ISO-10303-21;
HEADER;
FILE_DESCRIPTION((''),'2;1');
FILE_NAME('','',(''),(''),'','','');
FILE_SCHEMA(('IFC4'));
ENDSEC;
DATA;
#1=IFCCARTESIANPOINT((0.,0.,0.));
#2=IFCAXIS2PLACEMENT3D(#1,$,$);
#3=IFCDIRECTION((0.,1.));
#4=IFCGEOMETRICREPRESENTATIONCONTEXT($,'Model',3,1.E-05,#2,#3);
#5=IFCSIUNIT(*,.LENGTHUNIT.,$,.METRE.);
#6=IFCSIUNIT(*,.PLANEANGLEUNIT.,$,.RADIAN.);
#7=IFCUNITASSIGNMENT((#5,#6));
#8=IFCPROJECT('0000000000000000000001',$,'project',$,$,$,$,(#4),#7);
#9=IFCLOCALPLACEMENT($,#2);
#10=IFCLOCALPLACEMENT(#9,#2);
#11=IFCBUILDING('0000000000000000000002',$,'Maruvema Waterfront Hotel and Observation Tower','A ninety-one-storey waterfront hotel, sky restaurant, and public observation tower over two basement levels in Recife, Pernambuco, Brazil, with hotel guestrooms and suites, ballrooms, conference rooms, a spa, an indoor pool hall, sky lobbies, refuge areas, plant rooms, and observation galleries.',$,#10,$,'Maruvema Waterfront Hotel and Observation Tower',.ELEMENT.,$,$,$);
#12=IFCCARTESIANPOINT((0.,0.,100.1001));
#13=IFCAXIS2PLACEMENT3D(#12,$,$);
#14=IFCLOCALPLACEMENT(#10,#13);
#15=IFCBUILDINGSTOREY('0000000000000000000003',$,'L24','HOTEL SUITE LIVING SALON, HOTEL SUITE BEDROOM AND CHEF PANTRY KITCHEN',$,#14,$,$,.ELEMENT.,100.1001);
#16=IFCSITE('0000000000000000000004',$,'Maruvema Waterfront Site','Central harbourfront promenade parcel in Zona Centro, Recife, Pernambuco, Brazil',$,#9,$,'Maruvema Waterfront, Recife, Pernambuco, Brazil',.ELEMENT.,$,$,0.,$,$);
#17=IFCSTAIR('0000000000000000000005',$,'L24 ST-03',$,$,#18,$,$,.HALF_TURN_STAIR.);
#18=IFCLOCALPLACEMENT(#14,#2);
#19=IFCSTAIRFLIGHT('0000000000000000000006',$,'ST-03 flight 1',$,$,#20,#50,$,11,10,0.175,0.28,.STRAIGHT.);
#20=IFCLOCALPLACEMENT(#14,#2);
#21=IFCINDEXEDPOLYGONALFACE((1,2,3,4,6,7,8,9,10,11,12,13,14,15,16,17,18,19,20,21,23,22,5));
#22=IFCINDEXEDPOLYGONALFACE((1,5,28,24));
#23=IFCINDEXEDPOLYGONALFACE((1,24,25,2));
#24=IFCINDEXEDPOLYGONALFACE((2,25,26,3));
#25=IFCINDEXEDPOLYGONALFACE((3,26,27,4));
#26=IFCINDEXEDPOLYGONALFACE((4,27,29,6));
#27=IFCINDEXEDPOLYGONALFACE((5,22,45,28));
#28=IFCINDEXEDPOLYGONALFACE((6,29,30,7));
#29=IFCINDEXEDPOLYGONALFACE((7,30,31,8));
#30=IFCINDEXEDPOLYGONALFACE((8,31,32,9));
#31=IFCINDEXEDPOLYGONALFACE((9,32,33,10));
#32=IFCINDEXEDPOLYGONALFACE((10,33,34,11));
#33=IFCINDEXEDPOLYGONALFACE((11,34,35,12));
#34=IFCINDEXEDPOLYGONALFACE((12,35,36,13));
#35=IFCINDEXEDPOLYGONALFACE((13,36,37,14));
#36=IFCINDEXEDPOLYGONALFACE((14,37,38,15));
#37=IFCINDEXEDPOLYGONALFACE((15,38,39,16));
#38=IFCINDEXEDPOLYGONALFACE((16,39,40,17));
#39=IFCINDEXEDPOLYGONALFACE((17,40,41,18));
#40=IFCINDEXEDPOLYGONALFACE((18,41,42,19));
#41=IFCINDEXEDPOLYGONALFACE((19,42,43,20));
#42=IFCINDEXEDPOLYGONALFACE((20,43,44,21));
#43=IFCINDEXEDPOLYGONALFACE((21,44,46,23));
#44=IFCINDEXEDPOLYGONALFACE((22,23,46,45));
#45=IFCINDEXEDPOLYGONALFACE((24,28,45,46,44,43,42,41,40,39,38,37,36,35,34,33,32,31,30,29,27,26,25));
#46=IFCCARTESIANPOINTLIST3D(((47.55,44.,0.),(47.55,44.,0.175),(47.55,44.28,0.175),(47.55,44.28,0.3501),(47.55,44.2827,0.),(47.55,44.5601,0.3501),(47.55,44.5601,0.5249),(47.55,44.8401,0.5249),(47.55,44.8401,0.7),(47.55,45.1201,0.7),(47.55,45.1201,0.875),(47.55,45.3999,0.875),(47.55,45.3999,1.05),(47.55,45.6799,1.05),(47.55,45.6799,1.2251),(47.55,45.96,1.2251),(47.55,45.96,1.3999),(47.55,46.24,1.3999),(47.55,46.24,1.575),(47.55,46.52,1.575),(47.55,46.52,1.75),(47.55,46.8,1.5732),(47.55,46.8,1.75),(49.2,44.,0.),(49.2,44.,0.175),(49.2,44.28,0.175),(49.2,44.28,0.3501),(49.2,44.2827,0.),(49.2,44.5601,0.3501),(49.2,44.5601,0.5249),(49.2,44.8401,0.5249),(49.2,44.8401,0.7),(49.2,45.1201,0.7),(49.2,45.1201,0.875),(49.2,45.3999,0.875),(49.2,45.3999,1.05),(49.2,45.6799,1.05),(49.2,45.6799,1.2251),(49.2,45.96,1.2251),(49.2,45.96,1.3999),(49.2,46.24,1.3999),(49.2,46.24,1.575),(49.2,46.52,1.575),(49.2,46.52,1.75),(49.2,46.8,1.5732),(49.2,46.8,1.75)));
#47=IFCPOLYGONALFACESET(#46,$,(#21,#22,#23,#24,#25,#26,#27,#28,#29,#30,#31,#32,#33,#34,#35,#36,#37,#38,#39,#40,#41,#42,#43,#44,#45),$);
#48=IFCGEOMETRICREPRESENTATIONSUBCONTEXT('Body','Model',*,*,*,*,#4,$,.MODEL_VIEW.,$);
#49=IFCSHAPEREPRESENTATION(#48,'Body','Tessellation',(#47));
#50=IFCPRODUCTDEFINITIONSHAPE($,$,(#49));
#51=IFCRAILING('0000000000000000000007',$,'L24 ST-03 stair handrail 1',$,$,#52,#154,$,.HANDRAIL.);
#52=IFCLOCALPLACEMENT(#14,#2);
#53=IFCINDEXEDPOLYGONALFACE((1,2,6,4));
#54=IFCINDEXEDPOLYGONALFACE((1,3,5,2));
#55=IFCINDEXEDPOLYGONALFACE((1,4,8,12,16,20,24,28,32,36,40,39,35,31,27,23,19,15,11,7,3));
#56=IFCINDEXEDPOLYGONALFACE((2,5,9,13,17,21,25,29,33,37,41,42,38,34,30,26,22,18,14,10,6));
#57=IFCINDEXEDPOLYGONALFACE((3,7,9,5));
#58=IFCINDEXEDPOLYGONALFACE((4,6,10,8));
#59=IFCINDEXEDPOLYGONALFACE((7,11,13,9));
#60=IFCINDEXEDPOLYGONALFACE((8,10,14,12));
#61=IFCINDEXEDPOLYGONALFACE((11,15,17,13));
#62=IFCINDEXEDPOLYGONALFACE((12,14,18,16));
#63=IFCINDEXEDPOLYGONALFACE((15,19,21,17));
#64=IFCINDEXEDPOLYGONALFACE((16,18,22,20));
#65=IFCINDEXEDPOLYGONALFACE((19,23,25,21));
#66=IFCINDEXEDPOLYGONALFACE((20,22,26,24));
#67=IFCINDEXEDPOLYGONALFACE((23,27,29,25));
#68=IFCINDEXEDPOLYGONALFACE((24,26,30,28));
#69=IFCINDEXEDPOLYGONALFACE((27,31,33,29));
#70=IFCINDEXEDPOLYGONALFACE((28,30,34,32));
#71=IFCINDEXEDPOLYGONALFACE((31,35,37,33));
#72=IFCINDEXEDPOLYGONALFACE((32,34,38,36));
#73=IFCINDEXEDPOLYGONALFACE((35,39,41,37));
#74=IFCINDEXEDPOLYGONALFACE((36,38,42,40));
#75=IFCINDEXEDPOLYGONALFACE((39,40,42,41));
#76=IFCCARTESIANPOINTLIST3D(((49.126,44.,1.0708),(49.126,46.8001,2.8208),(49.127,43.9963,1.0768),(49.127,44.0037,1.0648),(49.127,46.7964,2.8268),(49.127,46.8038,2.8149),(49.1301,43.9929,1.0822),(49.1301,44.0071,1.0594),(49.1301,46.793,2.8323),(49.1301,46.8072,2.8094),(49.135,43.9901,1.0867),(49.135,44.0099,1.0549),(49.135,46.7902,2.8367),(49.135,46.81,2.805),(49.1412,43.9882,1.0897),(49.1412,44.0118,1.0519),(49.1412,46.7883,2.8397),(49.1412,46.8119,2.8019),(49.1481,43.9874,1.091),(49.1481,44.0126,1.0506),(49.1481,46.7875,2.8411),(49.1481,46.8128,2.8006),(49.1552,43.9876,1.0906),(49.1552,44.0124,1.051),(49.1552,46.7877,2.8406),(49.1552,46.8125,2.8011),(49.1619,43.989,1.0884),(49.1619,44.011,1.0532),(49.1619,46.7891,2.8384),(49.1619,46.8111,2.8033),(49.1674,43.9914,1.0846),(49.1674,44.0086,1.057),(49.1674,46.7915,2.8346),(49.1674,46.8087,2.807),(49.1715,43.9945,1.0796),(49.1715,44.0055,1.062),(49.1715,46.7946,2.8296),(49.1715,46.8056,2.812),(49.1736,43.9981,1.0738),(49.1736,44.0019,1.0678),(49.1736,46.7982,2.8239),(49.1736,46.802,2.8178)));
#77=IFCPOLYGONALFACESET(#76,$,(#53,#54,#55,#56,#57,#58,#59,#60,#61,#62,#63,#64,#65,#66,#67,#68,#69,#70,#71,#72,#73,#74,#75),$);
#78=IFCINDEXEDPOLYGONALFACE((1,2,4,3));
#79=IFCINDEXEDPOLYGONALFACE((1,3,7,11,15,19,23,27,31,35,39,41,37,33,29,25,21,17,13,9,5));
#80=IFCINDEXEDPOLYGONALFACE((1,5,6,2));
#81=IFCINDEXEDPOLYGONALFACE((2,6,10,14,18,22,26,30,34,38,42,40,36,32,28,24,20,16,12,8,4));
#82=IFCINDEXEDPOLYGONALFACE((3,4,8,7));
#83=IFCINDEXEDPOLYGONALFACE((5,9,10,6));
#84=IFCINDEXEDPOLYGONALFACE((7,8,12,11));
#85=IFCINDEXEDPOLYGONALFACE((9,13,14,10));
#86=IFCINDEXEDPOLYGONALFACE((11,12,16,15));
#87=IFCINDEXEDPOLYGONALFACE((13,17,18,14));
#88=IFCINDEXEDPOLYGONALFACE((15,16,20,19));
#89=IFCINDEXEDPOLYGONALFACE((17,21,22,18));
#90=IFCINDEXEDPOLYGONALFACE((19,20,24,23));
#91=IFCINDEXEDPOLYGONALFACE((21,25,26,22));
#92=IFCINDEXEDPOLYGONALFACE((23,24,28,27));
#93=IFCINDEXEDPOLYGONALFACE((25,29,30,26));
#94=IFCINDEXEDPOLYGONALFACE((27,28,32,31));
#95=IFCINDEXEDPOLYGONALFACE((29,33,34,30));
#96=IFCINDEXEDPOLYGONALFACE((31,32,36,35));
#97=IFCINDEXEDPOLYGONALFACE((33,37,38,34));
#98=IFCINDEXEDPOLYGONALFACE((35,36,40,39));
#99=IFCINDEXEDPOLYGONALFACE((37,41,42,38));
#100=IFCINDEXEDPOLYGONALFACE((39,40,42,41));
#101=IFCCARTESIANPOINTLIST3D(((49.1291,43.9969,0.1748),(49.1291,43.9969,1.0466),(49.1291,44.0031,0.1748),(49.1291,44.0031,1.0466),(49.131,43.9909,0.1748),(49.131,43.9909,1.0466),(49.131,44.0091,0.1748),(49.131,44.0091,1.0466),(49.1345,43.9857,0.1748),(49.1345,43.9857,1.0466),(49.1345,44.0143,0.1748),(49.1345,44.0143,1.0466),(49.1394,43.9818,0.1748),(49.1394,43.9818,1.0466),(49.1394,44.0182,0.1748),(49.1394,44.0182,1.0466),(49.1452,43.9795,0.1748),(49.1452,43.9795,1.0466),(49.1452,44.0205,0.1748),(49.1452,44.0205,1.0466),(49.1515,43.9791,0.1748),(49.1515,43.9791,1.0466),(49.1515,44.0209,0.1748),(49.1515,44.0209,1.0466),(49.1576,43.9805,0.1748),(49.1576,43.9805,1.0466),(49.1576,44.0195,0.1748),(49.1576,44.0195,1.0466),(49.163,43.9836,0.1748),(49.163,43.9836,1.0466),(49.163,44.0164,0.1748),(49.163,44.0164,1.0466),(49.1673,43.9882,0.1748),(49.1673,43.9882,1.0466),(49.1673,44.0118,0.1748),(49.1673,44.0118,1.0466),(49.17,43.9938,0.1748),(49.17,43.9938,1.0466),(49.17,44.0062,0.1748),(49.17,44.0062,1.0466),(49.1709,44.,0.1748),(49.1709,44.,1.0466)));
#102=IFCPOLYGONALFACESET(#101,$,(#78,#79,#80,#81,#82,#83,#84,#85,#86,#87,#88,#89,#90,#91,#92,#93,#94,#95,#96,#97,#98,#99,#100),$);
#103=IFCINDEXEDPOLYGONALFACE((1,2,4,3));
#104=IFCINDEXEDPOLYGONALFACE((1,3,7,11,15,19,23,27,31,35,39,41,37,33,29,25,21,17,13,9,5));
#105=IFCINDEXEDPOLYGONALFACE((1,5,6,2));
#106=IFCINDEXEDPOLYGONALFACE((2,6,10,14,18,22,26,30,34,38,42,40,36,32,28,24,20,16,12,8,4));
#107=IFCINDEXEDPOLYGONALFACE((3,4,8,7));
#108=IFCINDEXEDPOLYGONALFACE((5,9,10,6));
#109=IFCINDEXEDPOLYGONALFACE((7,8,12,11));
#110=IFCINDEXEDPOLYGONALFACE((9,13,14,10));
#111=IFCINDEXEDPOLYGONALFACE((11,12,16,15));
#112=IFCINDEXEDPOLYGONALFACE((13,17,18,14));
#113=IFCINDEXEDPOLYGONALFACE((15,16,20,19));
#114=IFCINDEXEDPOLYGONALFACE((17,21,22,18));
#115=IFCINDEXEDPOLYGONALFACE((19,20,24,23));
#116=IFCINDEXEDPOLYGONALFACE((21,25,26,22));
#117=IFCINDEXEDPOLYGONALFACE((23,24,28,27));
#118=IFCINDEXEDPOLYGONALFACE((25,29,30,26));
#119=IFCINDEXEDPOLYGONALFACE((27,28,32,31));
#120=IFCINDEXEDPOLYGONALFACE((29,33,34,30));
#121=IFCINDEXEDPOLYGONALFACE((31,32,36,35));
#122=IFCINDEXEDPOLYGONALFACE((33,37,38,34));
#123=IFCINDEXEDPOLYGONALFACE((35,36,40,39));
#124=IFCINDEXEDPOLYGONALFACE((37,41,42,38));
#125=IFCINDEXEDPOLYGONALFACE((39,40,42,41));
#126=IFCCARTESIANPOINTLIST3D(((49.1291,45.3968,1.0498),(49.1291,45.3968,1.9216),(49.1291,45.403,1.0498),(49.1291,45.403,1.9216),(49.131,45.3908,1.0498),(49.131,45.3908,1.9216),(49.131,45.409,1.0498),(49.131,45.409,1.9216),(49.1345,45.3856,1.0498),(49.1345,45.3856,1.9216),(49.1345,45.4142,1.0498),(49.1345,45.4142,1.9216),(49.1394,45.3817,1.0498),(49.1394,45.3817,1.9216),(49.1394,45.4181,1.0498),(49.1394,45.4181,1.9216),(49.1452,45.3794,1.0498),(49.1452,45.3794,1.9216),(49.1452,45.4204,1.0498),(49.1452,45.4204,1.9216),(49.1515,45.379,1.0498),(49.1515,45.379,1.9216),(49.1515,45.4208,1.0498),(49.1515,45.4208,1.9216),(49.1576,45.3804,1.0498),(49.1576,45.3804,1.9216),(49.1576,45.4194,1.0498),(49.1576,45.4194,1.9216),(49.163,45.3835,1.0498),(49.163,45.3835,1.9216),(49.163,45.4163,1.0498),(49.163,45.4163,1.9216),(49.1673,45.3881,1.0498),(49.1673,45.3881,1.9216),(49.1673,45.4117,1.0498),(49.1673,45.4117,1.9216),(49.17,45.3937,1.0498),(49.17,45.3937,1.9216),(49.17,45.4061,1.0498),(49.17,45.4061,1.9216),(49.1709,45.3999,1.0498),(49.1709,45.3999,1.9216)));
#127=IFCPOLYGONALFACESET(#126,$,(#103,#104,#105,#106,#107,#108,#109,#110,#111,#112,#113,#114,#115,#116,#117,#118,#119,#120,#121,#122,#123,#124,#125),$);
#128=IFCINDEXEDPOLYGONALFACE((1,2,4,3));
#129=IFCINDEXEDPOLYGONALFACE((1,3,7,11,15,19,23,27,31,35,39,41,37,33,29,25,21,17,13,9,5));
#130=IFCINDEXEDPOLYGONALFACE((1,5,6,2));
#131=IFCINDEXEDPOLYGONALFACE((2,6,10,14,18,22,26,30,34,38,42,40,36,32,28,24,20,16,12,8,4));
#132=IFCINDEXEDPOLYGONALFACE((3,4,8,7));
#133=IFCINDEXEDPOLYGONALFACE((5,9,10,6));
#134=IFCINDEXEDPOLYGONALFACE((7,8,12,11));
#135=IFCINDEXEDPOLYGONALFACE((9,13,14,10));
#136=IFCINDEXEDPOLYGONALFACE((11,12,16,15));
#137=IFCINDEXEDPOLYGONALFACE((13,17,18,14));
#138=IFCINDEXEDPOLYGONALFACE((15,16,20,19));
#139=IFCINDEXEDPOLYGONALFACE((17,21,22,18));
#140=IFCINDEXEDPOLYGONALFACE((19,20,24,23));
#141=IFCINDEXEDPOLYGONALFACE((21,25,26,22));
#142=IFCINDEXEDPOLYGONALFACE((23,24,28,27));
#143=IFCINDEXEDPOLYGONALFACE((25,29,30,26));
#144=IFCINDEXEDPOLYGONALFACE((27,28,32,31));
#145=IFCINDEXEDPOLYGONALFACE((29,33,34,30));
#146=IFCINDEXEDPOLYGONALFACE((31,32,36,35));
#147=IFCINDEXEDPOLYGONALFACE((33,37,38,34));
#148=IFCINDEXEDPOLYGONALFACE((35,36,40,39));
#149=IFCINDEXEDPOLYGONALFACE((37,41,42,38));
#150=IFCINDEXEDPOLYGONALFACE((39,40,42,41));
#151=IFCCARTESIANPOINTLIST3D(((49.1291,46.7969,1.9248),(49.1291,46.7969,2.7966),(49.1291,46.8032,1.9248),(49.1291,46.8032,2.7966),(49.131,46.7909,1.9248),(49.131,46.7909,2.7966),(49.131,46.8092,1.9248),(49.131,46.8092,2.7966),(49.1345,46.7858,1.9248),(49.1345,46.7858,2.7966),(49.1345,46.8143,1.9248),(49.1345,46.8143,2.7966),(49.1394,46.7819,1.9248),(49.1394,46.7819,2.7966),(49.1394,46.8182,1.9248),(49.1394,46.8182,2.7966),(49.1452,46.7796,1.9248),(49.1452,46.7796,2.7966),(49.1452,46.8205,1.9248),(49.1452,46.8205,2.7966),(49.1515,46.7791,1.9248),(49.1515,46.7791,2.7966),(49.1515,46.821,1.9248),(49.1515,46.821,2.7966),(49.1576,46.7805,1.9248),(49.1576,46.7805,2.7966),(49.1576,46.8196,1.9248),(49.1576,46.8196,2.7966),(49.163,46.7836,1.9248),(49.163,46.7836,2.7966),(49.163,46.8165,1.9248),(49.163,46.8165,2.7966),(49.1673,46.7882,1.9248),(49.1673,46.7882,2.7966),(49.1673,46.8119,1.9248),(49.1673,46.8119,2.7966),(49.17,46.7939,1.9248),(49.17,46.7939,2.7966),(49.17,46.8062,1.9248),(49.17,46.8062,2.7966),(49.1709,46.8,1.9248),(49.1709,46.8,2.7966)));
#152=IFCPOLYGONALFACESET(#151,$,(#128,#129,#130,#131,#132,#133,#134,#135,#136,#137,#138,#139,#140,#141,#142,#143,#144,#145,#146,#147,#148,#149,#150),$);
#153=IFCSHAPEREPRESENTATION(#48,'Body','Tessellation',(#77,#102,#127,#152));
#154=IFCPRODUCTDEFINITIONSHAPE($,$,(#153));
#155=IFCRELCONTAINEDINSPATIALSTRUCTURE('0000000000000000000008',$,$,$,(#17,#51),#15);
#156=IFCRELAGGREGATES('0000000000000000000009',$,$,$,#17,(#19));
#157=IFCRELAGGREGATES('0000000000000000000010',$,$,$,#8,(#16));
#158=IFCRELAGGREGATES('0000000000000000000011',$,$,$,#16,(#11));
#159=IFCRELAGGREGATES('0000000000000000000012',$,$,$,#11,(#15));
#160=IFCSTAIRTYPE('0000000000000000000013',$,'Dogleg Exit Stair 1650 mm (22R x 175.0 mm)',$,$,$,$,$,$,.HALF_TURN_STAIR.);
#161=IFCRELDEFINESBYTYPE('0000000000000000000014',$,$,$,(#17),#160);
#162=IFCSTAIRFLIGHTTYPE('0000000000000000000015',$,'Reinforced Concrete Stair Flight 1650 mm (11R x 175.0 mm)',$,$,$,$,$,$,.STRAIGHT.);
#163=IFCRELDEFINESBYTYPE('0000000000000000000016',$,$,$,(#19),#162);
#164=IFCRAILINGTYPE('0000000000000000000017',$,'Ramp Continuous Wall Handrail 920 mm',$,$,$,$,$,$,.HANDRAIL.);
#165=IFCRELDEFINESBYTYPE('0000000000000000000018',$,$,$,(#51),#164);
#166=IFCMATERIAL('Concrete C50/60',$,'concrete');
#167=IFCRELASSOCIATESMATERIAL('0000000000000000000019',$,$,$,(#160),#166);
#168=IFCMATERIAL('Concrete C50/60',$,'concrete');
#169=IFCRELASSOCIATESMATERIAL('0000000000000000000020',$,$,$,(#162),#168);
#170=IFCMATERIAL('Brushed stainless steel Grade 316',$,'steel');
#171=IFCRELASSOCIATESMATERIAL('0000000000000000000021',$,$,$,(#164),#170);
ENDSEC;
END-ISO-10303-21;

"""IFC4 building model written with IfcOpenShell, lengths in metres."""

from ifc_helpers import new_model, si_unit, direction, frame, origin, origin_2d, place, context, subcontext, project, spatial, polyline, circle, outline, extrude, material, type_object, element, aggregate, save


model = new_model("IFC4")

# Units and contexts
model_context = context("Model", 3, precision=1e-05, world=origin(), true_north=direction((0.0, 1.0)))
body_context = subcontext(model_context, "Body", "Model", "MODEL_VIEW")
ifc_project = project(units=[si_unit("LENGTHUNIT", "METRE"), si_unit("PLANEANGLEUNIT", "RADIAN")], contexts=[model_context])

# Site, building, storey
site_placement = place(None, origin())
site = spatial("IfcSite", under=ifc_project, at=site_placement, Name="Maruvema Waterfront Site", Description="Central harbourfront promenade parcel in Zona Centro, Recife, Pernambuco, Brazil", LongName="Maruvema Waterfront, Recife, Pernambuco, Brazil", CompositionType="ELEMENT", RefElevation=0.0)
building_placement = place(site_placement, origin())
building = spatial("IfcBuilding", under=site, at=building_placement, Name="Maruvema Waterfront Hotel and Observation Tower", Description="A ninety-one-storey waterfront hotel, sky restaurant, and public observation tower over two basement levels in Recife, Pernambuco, Brazil, with hotel guestrooms and suites, ballrooms, conference rooms, a spa, an indoor pool hall, sky lobbies, refuge areas, plant rooms, and observation galleries.", LongName="Maruvema Waterfront Hotel and Observation Tower", CompositionType="ELEMENT")
storey_placement = place(building_placement, frame((0.0, 0.0, 100.1001)))
storey = spatial("IfcBuildingStorey", under=building, at=storey_placement, Name="L24", Description="HOTEL SUITE LIVING SALON, HOTEL SUITE BEDROOM AND CHEF PANTRY KITCHEN", CompositionType="ELEMENT", Elevation=100.1001)

# Stair, stair flight
ifc_material_1 = material(Name="Concrete C50/60", Category="concrete")
stair_type = type_object("IfcStairType", Name="Dogleg Exit Stair 1650 mm (22R x 175.0 mm)", PredefinedType="HALF_TURN_STAIR", material=ifc_material_1)
stair_placement = place(storey_placement, origin())
stair = element("IfcStair", 1, at=stair_placement, inside=storey, type_object=stair_type, Name="L24 ST-03", PredefinedType="HALF_TURN_STAIR")
ifc_material_2 = material(Name="Concrete C50/60", Category="concrete")
stair_flight_type = type_object("IfcStairFlightType", Name="Reinforced Concrete Stair Flight 1650 mm (11R x 175.0 mm)", PredefinedType="STRAIGHT", material=ifc_material_2)
stair_flight_placement = place(storey_placement, frame((48.375, 44.0, 0.0), z_axis=(0.0, 0.0, 1.0), x_axis=(0.0, 1.0, 0.0)))
stair_flight = element("IfcStairFlight", 2, at=stair_flight_placement, type_object=stair_flight_type, Name="ST-03 flight 1", NumberOfRisers=11, NumberOfTreads=10, PredefinedType="STRAIGHT", RiserHeight=0.175, TreadLength=0.28, context=body_context, shape_type="SweptSolid", body=[
    extrude(outline(polyline([(0.0, 0.0), (0.0, 0.175), (0.28, 0.175), (0.28, 0.3501), (0.5601, 0.3501), (0.5601, 0.5249), (0.8401, 0.5249), (0.8401, 0.7), (1.1201, 0.7), (1.1201, 0.875), (1.3999, 0.875), (1.3999, 1.05), (1.6799, 1.05), (1.6799, 1.2251), (1.96, 1.2251), (1.96, 1.3999), (2.24, 1.3999), (2.24, 1.575), (2.52, 1.575), (2.52, 1.75), (2.8, 1.75), (2.8, 1.925), (2.8, 1.5732), (0.2827, 0.0), (0.0, 0.0)])), frame((0.0, 0.825, 0.0), z_axis=(0.0, -1.0, 0.0), x_axis=(1.0, 0.0, 0.0)), (0.0, 0.0, 1.0), 1.6499),
])
aggregate(stair, [stair_flight])

# Railing
ifc_material_3 = material(Name="Brushed stainless steel Grade 316", Category="steel")
railing_type_1 = type_object("IfcRailingType", Name="Ramp Continuous Wall Handrail 920 mm", PredefinedType="HANDRAIL", material=ifc_material_3)
railing_1_placement = place(storey_placement, frame((49.1499, 44.0, 0.1748)))
element("IfcRailing", 3, at=railing_1_placement, inside=storey, type_object=railing_type_1, Name="L24 ST-03 stair handrail 1", PredefinedType="HANDRAIL", context=body_context, shape_type="SweptSolid", body=[
    extrude(circle(Radius=0.0239, at=origin_2d()), frame((0.0, 0.0, 0.896), z_axis=(0.0, 0.848002, 0.529992), x_axis=(-1.0, 0.0, 0.0)), (0.0, 0.0, 1.0), 3.302),
    extrude(circle(Radius=0.021, at=origin_2d()), origin(), (0.0, 0.0, 1.0), 0.8718),
    extrude(circle(Radius=0.021, at=origin_2d()), frame((0.0, 1.3999, 0.875)), (0.0, 0.0, 1.0), 0.8718),
    extrude(circle(Radius=0.021, at=origin_2d()), frame((0.0, 2.8, 1.75)), (0.0, 0.0, 1.0), 0.8718),
])

save(model, "model.ifc")
